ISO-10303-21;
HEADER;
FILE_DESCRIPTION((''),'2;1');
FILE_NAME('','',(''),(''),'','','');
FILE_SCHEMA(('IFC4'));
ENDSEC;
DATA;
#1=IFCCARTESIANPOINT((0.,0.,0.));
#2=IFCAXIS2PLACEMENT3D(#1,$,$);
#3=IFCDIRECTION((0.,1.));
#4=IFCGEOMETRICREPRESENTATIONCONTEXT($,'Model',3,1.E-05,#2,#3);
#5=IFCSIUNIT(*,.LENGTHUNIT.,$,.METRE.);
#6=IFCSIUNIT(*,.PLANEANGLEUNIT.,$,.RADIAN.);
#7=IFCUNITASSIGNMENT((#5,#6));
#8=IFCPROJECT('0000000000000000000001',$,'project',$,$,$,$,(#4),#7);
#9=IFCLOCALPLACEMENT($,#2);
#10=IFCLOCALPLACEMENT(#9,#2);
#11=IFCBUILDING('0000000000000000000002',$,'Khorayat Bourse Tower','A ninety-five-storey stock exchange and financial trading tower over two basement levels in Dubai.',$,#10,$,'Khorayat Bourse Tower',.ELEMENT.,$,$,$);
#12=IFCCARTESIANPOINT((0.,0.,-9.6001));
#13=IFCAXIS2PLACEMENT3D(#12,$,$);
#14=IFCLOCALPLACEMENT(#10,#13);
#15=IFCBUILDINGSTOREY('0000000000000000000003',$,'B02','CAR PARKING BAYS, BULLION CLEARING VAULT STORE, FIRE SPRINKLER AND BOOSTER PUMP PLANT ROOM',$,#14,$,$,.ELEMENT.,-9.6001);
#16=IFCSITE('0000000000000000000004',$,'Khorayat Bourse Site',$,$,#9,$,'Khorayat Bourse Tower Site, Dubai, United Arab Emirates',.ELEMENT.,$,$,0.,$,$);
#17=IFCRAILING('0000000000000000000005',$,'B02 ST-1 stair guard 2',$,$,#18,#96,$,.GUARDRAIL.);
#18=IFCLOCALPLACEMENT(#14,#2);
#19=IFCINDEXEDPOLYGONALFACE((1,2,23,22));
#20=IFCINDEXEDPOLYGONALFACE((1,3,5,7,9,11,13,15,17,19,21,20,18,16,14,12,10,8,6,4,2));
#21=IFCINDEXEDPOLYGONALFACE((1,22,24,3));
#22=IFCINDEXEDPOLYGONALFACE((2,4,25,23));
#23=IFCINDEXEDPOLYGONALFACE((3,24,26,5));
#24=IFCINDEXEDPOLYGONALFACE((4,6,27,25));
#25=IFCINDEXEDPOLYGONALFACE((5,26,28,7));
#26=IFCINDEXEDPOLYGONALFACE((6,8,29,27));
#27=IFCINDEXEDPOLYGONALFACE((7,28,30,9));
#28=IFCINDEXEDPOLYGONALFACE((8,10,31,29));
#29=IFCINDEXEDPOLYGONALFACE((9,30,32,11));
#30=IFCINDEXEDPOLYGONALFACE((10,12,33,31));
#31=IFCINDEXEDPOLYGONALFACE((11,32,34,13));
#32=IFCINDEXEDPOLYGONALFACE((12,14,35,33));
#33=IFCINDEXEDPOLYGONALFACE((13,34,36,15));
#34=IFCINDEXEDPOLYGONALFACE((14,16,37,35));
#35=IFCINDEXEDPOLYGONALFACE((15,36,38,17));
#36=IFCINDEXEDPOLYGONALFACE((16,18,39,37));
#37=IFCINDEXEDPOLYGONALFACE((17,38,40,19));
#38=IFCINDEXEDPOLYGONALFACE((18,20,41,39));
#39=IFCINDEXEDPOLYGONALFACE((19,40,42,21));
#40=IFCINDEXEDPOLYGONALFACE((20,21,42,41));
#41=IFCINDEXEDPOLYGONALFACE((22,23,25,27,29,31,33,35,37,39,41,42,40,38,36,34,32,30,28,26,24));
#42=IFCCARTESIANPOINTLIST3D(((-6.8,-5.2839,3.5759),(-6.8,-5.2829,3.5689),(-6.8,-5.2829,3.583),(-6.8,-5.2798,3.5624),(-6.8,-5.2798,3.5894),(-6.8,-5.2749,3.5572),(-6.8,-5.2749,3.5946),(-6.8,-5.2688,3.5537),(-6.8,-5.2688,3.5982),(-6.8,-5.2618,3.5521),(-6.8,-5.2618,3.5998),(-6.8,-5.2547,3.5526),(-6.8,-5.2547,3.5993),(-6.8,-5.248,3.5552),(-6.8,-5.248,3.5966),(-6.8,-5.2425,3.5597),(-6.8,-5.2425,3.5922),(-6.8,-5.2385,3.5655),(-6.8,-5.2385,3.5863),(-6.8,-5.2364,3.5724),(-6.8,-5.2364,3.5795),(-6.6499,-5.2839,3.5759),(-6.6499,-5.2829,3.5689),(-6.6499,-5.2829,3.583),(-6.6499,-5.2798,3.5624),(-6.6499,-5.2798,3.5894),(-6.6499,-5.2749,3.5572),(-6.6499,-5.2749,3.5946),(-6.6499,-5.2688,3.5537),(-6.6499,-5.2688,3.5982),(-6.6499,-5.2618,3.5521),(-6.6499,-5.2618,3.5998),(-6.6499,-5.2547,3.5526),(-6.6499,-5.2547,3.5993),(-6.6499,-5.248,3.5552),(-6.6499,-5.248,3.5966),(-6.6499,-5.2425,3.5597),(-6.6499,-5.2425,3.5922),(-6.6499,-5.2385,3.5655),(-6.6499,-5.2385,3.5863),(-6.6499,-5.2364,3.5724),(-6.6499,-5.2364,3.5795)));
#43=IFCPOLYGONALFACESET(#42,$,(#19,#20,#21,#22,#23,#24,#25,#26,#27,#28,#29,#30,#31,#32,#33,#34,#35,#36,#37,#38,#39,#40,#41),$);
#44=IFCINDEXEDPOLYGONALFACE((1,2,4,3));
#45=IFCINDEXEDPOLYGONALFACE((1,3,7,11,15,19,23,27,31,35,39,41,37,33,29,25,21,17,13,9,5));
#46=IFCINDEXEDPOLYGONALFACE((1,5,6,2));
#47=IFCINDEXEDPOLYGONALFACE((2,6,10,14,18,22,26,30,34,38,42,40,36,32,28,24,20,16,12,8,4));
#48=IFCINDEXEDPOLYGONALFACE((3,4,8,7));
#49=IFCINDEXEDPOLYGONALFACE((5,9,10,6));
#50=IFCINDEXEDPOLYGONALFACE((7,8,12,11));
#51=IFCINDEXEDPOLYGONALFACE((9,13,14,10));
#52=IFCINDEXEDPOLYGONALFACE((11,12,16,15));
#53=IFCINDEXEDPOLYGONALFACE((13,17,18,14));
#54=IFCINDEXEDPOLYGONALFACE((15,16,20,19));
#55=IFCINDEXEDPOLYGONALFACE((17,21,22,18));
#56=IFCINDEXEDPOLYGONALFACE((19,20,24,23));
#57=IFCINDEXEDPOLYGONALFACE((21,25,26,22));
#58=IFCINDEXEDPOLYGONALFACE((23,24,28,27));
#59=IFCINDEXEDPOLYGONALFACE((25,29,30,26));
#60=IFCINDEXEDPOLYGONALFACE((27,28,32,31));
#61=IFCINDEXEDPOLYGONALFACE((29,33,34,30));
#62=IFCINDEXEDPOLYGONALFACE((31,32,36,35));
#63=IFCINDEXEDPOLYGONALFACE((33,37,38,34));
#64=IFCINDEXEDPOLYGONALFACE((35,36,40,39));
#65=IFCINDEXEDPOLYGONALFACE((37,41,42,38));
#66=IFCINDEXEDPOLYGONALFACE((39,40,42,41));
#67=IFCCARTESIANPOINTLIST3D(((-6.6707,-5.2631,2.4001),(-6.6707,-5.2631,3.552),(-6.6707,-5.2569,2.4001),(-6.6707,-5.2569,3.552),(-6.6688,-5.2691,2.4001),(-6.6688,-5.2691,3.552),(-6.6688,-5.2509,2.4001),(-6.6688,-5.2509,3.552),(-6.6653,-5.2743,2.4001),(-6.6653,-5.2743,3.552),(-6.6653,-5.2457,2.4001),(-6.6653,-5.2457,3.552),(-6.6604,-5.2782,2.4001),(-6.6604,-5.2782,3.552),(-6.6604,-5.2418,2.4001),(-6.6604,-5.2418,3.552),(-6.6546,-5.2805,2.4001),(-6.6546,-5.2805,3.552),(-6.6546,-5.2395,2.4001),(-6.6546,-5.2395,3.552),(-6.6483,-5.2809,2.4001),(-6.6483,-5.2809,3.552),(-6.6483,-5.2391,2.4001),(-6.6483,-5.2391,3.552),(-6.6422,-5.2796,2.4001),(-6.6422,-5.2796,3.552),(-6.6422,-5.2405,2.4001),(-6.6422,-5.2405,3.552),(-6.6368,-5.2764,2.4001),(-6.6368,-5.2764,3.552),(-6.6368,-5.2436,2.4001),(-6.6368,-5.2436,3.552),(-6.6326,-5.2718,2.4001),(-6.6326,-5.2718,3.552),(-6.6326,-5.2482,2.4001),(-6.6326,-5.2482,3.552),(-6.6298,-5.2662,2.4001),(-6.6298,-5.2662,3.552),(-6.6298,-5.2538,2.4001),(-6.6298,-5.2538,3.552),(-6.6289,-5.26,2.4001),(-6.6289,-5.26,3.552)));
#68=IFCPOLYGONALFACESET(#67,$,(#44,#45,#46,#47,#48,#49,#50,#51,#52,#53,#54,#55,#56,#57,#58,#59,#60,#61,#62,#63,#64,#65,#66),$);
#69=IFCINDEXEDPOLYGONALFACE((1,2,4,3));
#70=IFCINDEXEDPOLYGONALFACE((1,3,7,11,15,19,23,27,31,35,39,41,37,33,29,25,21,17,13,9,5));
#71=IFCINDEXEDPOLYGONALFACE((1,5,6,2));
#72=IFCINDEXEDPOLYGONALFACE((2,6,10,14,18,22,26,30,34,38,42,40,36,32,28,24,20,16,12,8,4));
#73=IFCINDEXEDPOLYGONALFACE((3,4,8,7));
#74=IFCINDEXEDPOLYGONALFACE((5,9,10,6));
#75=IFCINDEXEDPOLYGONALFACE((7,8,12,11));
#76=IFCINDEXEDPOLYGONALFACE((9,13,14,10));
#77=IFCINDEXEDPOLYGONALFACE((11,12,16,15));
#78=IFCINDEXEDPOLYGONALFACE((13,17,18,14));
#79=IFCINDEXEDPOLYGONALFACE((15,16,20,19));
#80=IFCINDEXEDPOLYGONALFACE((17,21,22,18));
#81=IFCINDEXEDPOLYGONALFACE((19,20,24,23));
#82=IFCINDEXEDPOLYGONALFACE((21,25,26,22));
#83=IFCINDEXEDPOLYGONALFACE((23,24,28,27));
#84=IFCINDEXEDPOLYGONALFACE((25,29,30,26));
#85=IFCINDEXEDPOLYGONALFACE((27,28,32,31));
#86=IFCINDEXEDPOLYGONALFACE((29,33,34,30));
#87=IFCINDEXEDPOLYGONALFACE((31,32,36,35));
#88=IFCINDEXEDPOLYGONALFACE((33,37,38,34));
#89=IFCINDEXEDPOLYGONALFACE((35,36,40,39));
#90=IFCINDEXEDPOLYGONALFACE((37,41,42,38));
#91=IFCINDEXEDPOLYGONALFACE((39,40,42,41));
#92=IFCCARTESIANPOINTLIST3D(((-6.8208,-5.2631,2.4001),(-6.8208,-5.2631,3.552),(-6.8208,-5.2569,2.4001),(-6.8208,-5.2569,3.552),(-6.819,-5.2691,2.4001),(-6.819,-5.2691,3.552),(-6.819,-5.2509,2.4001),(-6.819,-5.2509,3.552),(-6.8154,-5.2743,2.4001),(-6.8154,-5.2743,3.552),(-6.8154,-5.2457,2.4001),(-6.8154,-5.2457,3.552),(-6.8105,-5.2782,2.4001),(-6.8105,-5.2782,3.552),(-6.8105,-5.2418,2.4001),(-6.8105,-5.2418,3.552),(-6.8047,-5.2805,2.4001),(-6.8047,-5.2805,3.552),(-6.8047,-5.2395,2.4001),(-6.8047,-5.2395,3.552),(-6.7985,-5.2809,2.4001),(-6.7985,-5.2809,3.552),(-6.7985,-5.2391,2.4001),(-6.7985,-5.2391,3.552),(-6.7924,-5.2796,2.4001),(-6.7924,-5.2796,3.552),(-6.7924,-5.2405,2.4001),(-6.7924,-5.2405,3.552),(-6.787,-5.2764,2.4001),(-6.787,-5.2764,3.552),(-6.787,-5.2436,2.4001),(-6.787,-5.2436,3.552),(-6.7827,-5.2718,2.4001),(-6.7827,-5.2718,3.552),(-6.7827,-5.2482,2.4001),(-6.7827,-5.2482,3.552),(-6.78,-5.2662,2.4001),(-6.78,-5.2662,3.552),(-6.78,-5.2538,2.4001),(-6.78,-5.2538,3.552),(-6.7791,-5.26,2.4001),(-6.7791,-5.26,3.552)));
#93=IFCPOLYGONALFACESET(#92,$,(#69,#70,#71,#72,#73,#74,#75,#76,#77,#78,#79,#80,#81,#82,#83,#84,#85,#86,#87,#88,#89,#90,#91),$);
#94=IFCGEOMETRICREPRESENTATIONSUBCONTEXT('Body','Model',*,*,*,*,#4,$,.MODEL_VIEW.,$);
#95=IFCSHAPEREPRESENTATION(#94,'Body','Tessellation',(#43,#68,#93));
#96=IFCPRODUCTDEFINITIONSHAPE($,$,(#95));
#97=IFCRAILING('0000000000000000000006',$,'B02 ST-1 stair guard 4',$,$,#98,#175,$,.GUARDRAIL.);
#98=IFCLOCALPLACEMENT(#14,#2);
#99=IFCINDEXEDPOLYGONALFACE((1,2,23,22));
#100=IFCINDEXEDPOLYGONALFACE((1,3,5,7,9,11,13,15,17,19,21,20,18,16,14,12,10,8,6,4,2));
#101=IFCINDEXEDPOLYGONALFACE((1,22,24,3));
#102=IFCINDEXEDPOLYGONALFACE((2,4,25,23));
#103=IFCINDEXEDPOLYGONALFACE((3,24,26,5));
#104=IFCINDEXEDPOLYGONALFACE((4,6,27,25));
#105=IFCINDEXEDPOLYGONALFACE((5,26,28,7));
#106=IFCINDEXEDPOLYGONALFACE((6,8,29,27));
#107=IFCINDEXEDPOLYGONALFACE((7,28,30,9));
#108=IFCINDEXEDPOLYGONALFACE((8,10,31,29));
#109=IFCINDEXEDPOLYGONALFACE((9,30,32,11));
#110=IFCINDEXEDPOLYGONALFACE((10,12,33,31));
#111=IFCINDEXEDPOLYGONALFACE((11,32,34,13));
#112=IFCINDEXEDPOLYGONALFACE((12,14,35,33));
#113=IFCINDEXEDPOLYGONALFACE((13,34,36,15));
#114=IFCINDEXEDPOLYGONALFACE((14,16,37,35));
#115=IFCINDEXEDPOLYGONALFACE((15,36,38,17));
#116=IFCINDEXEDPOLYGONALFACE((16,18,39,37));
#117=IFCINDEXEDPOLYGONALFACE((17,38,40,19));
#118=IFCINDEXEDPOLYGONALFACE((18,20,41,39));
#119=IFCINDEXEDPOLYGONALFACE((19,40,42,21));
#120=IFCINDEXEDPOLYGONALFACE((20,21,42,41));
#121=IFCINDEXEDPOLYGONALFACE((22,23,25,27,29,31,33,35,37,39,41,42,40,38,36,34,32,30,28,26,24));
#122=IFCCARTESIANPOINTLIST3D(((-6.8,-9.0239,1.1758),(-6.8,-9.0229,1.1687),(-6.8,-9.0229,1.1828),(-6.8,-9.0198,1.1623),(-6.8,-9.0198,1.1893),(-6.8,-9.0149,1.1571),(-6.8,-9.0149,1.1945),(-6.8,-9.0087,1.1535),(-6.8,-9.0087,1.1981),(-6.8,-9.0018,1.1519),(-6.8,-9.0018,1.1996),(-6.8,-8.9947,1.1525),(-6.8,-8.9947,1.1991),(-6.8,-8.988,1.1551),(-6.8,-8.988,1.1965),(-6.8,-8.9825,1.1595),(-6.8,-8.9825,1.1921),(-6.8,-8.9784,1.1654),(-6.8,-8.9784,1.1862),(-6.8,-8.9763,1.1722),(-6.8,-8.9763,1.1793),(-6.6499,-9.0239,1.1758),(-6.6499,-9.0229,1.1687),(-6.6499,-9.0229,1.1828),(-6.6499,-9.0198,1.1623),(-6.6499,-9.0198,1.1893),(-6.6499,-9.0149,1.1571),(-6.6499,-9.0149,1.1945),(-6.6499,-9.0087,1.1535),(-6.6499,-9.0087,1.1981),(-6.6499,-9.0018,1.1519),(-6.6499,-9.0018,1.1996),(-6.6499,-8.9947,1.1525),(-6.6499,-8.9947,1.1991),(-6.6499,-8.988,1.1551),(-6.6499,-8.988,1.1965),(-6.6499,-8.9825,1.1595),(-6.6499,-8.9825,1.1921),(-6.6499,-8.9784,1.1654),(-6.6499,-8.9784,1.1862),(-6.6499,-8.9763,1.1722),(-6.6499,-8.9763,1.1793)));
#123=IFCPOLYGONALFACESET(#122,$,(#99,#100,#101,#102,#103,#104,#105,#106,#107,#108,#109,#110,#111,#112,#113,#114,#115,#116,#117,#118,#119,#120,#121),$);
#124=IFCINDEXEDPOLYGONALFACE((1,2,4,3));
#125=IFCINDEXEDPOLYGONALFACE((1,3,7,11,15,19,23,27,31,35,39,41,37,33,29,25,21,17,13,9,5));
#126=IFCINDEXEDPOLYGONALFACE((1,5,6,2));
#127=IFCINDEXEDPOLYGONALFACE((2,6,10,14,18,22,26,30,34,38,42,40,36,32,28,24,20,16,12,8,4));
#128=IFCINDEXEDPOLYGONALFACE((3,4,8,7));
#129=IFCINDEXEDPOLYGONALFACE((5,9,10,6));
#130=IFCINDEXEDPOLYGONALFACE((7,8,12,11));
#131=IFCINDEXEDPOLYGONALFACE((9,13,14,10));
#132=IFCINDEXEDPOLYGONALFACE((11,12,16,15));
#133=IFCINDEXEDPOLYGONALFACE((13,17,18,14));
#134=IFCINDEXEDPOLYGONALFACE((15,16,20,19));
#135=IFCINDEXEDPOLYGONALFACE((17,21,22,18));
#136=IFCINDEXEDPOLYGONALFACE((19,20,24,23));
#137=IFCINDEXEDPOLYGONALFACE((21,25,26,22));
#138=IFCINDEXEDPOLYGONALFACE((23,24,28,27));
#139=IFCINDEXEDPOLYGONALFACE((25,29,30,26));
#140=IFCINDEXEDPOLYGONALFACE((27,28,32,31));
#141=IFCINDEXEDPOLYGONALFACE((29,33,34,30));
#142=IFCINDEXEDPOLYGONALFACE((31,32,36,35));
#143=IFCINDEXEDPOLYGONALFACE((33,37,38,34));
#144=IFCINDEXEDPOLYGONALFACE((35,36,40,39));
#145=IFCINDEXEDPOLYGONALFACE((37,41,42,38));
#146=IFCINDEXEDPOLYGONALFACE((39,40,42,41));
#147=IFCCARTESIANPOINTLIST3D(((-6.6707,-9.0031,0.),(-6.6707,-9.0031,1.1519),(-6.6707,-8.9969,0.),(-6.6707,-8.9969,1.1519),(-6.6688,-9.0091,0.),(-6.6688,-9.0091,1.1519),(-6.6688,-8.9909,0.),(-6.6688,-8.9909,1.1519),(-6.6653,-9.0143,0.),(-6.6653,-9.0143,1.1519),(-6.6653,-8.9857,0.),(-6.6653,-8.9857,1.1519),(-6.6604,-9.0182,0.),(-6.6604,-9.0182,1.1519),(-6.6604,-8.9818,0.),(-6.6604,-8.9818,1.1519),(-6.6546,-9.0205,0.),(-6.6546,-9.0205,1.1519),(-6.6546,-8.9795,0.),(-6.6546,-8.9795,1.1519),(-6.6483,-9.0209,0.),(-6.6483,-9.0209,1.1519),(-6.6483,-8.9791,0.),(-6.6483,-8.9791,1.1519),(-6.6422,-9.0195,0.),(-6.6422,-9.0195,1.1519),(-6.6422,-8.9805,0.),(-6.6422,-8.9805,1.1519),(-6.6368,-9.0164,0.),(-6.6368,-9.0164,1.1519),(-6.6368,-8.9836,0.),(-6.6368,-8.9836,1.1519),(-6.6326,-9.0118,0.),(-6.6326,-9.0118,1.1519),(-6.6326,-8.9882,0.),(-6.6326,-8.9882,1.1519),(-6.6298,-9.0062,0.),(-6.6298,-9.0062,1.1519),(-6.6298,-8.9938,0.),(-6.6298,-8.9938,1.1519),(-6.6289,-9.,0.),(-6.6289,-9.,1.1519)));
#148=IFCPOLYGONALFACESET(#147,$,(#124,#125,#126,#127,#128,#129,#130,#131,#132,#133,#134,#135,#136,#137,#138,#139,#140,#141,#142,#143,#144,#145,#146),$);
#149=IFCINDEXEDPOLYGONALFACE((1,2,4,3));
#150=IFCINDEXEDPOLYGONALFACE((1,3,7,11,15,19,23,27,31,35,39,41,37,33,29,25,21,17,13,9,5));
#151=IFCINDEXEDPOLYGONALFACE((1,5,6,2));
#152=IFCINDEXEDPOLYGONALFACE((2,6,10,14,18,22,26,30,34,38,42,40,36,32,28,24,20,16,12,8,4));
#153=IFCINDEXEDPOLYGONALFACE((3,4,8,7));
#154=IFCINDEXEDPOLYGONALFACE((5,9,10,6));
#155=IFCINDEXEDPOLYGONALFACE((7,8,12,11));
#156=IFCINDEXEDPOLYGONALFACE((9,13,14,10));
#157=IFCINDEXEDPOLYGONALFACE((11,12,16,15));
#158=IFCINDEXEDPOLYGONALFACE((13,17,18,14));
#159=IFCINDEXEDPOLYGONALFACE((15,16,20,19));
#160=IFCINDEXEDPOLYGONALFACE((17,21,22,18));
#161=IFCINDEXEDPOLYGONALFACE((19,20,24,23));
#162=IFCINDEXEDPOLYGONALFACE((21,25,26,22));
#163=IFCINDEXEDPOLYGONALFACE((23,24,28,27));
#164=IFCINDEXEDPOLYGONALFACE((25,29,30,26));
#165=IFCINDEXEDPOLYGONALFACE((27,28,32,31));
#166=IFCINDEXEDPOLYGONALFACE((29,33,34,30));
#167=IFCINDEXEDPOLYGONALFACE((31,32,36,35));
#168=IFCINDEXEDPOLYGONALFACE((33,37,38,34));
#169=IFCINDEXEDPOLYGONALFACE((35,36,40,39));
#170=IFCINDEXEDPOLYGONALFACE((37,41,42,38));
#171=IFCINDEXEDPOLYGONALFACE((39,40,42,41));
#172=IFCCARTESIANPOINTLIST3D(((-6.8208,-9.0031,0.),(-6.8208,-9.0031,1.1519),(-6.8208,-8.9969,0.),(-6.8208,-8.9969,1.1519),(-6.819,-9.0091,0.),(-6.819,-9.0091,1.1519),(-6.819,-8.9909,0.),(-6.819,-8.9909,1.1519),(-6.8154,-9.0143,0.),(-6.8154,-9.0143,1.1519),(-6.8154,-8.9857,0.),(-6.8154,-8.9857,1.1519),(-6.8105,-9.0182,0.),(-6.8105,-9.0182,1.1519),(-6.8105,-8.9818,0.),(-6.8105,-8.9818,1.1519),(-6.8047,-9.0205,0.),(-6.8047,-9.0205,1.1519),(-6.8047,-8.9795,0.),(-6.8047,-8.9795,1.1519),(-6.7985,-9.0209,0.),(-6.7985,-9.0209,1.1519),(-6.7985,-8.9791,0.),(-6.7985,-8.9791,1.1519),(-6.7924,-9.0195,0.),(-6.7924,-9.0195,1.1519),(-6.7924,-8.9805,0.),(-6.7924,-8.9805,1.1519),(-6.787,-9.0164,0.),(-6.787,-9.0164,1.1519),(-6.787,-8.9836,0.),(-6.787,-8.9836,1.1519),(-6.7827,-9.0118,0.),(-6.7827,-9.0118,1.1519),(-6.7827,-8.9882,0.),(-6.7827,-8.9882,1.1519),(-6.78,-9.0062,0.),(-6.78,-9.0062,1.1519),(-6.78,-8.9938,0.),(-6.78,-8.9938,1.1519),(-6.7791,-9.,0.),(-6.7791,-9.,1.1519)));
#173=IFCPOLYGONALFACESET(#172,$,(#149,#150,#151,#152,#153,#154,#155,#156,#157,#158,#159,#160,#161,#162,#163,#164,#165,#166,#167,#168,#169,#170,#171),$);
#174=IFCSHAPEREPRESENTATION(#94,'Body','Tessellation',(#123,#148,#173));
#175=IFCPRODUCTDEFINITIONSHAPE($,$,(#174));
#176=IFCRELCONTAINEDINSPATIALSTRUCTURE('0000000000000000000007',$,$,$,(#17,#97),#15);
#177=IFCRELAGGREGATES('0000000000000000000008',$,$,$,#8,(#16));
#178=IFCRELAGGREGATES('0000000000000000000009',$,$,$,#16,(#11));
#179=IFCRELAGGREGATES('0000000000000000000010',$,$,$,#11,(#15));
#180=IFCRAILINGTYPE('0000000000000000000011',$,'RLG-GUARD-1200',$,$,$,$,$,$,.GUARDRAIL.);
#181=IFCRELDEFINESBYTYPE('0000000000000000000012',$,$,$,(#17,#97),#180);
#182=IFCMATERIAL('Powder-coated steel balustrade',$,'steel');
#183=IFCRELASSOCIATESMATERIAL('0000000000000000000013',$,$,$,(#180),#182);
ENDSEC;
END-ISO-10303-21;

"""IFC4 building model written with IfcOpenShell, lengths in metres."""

from ifc_helpers import new_model, si_unit, direction, frame, origin, origin_2d, place, context, subcontext, project, spatial, circle, extrude, source, transform, mapped, material, type_object, element, save


model = new_model("IFC4")

# Units and contexts
model_context = context("Model", 3, precision=1e-05, world=origin(), true_north=direction((0.0, 1.0)))
body_context = subcontext(model_context, "Body", "Model", "MODEL_VIEW")
ifc_project = project(units=[si_unit("LENGTHUNIT", "METRE"), si_unit("PLANEANGLEUNIT", "RADIAN")], contexts=[model_context])

# Site, building, storey
site_placement = place(None, origin())
site = spatial("IfcSite", under=ifc_project, at=site_placement, Name="Khorayat Bourse Site", LongName="Khorayat Bourse Tower Site, Dubai, United Arab Emirates", CompositionType="ELEMENT", RefElevation=0.0)
building_placement = place(site_placement, origin())
building = spatial("IfcBuilding", under=site, at=building_placement, Name="Khorayat Bourse Tower", Description="A ninety-five-storey stock exchange and financial trading tower over two basement levels in Dubai.", LongName="Khorayat Bourse Tower", CompositionType="ELEMENT")
storey_placement = place(building_placement, frame((0.0, 0.0, -9.6001)))
storey = spatial("IfcBuildingStorey", under=building, at=storey_placement, Name="B02", Description="CAR PARKING BAYS, BULLION CLEARING VAULT STORE, FIRE SPRINKLER AND BOOSTER PUMP PLANT ROOM", CompositionType="ELEMENT", Elevation=-9.6001)

# Railings
ifc_material_1 = material(Name="Powder-coated steel balustrade", Category="steel")
railing_type_1 = type_object("IfcRailingType", Name="RLG-GUARD-1200", PredefinedType="GUARDRAIL", material=ifc_material_1)
shared_shape_1 = source(origin(), body_context, "Body", "SweptSolid", [
    extrude(circle(Radius=0.0239, at=origin_2d()), frame((0.0, 0.0, 1.1758), z_axis=(-1.0, 0.0, 0.0), x_axis=(0.0, -1.0, 0.0)), (0.0, 0.0, 1.0), 0.1501),
    extrude(circle(Radius=0.021, at=origin_2d()), origin(), (0.0, 0.0, 1.0), 1.1519),
    extrude(circle(Radius=0.021, at=origin_2d()), frame((-0.1501, 0.0, 0.0)), (0.0, 0.0, 1.0), 1.1519),
])
for number, where, name in (
    (1, (-6.6499, -5.26, 2.4001), "B02 ST-1 stair guard 2"),
    (2, (-6.6499, -9.0, 0.0), "B02 ST-1 stair guard 4"),
):
    element("IfcRailing", number, at=place(storey_placement, frame(where)), inside=storey, type_object=railing_type_1, Name=name, PredefinedType="GUARDRAIL", context=body_context, shape_type="MappedRepresentation", body=[
        mapped(shared_shape_1, transform((0.0, 0.0, 0.0), scale=1.0)),
    ])

save(model, "model.ifc")
